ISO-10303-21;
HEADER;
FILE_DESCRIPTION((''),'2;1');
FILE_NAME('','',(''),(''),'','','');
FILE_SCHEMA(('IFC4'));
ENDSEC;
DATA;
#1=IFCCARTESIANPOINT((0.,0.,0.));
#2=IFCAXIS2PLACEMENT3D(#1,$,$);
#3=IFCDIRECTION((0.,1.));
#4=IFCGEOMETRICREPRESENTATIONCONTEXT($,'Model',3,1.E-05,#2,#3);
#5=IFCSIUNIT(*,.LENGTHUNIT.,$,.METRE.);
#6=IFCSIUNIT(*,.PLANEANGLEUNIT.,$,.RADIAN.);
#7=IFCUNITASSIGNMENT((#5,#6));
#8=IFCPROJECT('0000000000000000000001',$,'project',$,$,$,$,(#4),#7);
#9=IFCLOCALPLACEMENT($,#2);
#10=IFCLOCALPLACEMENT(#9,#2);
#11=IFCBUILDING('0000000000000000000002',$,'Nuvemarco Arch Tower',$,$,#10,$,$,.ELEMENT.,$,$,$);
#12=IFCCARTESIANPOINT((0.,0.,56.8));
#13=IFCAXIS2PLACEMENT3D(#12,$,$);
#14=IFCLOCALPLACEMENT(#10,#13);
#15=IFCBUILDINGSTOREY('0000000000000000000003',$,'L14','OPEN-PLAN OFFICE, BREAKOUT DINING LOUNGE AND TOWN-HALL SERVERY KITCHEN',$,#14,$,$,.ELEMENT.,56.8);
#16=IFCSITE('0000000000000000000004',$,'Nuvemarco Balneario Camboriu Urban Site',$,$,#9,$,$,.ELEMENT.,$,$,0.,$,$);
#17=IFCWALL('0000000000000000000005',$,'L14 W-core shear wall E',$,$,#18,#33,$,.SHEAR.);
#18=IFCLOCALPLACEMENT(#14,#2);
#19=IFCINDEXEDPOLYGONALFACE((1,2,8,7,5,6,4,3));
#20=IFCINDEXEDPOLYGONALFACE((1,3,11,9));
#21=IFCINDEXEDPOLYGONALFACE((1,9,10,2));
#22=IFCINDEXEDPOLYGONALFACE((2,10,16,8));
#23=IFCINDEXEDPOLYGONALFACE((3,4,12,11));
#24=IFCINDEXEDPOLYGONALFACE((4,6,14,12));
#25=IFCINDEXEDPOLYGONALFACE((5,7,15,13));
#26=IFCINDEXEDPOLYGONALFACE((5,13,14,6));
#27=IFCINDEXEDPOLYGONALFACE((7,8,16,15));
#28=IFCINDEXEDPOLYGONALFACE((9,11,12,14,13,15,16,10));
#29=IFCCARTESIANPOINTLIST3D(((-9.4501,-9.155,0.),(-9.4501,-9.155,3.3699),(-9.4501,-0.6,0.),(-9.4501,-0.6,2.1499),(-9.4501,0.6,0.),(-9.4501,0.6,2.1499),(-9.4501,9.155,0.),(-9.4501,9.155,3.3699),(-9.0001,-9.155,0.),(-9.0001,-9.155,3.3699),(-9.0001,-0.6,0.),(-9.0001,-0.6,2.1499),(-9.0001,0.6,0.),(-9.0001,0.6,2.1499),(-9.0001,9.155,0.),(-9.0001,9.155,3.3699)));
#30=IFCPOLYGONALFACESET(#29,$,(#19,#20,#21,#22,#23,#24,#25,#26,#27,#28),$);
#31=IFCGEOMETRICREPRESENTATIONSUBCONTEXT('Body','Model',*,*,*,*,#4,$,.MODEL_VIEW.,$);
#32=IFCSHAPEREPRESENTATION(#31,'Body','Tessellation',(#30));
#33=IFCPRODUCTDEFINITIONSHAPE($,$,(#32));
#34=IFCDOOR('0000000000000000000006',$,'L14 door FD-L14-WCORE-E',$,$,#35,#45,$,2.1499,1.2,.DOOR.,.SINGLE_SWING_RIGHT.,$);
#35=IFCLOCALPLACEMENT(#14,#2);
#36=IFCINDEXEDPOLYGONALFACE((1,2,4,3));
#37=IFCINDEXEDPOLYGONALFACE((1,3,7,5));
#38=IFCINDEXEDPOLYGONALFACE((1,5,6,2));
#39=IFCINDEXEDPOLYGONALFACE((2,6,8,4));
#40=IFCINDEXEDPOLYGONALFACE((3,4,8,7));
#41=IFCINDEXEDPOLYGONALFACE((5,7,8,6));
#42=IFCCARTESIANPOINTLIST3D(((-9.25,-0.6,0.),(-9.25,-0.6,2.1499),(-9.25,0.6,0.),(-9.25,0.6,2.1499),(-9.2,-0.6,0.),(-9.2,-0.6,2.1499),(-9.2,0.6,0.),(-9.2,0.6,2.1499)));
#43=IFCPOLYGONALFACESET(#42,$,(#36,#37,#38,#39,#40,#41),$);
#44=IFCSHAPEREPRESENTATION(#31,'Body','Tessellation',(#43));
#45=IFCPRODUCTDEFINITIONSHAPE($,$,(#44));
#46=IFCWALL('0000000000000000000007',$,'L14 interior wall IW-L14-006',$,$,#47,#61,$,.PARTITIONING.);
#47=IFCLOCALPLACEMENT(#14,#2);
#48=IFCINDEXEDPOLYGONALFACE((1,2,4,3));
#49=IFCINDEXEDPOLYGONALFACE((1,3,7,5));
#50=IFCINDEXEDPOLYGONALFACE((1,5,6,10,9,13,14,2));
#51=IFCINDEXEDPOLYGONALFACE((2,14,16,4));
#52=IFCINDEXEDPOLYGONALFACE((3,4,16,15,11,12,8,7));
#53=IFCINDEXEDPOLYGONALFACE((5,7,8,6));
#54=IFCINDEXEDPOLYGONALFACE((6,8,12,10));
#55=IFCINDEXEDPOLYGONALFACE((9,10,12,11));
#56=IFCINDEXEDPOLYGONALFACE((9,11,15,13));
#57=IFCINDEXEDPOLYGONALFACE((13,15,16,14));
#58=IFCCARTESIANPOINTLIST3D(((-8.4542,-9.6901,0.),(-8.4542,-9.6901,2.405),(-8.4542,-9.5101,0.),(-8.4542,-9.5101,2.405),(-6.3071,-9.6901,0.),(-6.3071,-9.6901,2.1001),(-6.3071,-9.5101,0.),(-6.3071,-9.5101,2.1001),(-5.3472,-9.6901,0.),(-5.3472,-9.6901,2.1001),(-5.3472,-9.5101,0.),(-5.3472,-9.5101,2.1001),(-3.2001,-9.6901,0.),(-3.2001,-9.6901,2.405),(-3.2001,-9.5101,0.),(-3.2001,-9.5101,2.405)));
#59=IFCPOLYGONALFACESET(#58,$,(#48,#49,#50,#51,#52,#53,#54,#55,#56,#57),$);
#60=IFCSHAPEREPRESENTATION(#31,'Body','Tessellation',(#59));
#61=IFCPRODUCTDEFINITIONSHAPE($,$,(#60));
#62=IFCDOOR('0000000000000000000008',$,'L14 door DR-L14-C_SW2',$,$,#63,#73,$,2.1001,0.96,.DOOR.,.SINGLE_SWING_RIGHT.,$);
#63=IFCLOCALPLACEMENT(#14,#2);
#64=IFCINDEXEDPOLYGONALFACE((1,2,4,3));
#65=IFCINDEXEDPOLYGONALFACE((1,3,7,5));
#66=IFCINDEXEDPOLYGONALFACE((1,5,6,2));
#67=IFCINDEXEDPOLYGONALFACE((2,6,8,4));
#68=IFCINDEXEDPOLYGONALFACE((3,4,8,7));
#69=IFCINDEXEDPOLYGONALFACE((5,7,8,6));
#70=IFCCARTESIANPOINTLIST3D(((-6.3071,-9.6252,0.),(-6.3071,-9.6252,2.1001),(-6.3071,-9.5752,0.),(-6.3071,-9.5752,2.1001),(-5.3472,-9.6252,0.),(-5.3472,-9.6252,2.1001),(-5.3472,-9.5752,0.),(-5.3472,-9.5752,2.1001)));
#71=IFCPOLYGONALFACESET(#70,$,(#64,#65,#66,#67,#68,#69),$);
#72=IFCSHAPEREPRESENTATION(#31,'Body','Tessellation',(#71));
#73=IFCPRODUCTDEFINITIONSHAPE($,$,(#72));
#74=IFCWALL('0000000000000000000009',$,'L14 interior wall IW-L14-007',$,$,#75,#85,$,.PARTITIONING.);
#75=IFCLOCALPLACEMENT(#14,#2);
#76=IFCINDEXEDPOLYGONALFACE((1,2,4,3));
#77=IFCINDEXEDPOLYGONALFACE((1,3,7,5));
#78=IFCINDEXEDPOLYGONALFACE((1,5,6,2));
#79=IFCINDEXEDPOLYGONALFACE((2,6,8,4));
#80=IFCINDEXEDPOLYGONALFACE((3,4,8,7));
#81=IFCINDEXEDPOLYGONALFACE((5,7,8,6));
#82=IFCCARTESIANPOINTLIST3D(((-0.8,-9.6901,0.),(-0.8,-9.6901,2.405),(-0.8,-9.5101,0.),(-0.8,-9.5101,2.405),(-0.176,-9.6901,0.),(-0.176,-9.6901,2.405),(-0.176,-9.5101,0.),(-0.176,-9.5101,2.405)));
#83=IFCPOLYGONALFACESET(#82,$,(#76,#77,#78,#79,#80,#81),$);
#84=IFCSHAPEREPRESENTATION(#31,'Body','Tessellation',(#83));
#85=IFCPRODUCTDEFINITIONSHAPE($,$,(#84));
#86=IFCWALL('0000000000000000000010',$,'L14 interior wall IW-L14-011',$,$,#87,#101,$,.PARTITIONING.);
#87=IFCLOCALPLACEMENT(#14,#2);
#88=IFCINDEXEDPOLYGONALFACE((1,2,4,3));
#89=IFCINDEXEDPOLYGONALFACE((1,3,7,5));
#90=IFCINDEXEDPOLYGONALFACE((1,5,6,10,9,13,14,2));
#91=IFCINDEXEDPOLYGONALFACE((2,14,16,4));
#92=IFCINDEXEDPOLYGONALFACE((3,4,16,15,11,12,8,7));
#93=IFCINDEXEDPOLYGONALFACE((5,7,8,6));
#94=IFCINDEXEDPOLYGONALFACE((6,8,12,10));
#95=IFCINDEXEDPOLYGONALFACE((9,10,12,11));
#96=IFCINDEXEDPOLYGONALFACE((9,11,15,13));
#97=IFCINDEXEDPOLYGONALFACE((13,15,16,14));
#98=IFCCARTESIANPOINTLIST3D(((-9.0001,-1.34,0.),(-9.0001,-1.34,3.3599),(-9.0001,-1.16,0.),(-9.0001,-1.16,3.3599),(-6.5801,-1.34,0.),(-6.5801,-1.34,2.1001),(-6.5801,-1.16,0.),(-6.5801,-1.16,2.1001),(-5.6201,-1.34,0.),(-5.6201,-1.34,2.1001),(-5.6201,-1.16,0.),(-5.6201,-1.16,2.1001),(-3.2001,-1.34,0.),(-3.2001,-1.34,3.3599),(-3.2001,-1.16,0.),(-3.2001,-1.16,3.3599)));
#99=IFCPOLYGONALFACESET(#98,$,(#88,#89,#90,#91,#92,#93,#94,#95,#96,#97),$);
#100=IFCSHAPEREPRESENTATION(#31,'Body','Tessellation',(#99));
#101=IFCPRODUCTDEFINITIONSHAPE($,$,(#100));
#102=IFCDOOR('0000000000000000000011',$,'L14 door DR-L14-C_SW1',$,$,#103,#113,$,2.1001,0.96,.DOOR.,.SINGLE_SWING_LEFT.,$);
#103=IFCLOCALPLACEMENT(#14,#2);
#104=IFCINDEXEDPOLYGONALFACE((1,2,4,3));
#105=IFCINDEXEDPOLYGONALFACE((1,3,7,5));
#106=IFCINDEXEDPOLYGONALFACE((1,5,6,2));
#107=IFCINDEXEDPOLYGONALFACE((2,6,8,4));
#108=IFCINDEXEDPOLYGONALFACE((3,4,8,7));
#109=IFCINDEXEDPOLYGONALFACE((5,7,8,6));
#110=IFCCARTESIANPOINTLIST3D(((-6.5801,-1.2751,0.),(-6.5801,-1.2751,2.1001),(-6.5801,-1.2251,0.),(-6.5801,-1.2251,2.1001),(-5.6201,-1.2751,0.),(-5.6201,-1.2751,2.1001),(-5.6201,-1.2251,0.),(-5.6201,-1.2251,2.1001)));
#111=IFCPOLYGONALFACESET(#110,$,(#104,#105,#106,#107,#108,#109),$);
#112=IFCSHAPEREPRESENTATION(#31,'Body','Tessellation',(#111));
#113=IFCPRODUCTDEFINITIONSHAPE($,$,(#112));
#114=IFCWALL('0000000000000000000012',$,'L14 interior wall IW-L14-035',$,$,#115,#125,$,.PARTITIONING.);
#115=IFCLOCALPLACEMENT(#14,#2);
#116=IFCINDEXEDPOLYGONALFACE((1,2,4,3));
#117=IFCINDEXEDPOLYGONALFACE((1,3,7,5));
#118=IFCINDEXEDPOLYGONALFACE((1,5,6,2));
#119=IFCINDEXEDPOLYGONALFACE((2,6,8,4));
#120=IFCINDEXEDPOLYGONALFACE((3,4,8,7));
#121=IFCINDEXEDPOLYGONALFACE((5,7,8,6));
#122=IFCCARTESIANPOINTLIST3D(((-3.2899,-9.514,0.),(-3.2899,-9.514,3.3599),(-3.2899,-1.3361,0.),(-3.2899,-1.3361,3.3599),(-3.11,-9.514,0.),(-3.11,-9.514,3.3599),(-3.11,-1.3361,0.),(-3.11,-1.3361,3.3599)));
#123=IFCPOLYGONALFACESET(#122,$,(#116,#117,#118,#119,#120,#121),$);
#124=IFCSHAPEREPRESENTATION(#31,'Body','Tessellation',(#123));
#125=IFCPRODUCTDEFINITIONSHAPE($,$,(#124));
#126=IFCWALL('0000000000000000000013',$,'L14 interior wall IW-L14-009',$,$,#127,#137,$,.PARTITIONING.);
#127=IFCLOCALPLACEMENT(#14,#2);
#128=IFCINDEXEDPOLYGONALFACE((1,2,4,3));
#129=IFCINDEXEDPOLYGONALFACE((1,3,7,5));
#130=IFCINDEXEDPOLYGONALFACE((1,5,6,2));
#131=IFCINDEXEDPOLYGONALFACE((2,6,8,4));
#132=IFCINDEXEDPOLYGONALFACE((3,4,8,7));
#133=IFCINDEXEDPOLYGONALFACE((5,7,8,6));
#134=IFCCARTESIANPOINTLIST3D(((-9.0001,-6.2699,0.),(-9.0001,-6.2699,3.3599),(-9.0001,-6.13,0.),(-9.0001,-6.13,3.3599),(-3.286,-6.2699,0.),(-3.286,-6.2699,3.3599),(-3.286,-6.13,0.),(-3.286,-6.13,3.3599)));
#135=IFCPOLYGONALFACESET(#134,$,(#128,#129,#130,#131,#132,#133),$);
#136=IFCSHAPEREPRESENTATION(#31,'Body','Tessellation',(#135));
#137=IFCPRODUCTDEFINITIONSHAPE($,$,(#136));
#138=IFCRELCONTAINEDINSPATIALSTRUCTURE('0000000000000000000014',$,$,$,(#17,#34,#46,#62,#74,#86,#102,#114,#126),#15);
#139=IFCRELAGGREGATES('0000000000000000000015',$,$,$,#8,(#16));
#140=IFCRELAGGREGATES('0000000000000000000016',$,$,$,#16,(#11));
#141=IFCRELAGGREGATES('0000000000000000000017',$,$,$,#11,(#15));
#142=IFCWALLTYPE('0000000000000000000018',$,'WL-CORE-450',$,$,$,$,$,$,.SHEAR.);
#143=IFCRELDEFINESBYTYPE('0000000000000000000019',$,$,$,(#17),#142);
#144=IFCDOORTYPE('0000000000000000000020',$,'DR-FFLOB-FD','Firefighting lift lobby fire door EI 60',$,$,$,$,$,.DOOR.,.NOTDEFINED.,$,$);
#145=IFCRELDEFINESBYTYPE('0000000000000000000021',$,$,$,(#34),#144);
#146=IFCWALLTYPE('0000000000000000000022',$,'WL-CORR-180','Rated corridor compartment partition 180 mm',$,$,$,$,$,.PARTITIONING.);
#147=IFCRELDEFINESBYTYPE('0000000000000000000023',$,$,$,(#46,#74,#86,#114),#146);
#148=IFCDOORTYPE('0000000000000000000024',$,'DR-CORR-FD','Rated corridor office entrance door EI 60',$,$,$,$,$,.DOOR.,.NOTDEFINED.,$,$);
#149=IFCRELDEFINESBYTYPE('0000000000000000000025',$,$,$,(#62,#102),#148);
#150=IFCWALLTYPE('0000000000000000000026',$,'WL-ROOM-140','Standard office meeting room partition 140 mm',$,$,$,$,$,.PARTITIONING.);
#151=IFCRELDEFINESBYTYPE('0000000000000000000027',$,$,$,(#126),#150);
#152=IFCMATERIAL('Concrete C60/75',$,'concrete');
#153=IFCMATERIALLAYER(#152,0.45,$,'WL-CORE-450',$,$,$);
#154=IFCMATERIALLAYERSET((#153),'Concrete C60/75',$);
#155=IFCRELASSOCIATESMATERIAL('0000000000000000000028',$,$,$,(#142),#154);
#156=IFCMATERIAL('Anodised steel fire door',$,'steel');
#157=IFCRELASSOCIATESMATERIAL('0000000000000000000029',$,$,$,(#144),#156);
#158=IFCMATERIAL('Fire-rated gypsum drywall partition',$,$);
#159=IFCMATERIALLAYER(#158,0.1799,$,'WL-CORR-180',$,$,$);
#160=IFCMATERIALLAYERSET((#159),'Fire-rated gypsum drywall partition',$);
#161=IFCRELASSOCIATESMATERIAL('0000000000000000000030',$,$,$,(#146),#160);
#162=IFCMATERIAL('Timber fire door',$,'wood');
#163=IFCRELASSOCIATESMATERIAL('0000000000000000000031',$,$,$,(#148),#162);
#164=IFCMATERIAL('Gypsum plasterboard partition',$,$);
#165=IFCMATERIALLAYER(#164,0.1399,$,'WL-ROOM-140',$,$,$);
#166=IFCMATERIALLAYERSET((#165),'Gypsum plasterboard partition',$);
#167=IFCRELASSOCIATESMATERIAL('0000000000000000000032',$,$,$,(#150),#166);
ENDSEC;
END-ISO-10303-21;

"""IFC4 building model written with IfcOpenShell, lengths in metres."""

from ifc_helpers import new_model, si_unit, direction, frame, frame_2d, origin, place, context, subcontext, project, spatial, rectangle, extrude, source, transform, mapped, material, layer, layer_set, type_object, type_shapes, element, fill, save


model = new_model("IFC4")

# Units and contexts
model_context = context("Model", 3, precision=1e-05, world=origin(), true_north=direction((0.0, 1.0)))
body_context = subcontext(model_context, "Body", "Model", "MODEL_VIEW")
ifc_project = project(units=[si_unit("LENGTHUNIT", "METRE"), si_unit("PLANEANGLEUNIT", "RADIAN")], contexts=[model_context])

# Site, building, storey
site_placement = place(None, origin())
site = spatial("IfcSite", under=ifc_project, at=site_placement, Name="Nuvemarco Balneario Camboriu Urban Site", CompositionType="ELEMENT", RefElevation=0.0)
building_placement = place(site_placement, origin())
building = spatial("IfcBuilding", under=site, at=building_placement, Name="Nuvemarco Arch Tower", CompositionType="ELEMENT")
storey_placement = place(building_placement, frame((0.0, 0.0, 56.8)))
storey = spatial("IfcBuildingStorey", under=building, at=storey_placement, Name="L14", Description="OPEN-PLAN OFFICE, BREAKOUT DINING LOUNGE AND TOWN-HALL SERVERY KITCHEN", CompositionType="ELEMENT", Elevation=56.8)

# Shared definitions
ifc_material_1 = material(Name="Concrete C60/75", Category="concrete")

# Walls, openings, doors
ifc_layer_1 = layer(ifc_material_1, 0.45, Name="WL-CORE-450")
ifc_layer_set_1 = layer_set([ifc_layer_1], Name="Concrete C60/75")
wall_type_1 = type_object("IfcWallType", Name="WL-CORE-450", PredefinedType="SHEAR", material=ifc_layer_set_1)
wall_1_placement = place(storey_placement, frame((-9.2251, -9.155, 0.0), z_axis=(0.0, 0.0, 1.0), x_axis=(0.0, 1.0, 0.0)))
wall_1 = element("IfcWall", 1, at=wall_1_placement, inside=storey, type_object=wall_type_1, Name="L14 W-core shear wall E", PredefinedType="SHEAR", context=body_context, shape_type="SweptSolid", body=[
    extrude(rectangle(XDim=18.3101, YDim=0.45, at=frame_2d((9.155, 0.0))), origin(), (0.0, 0.0, 1.0), 3.3699),
])
opening_1_placement = place(wall_1_placement, frame((8.5549, 0.0, 0.0)))
opening_1 = element("IfcOpeningElement", 2, at=opening_1_placement, cuts=wall_1, PredefinedType="OPENING", context=body_context, shape_type="SweptSolid", body=[
    extrude(rectangle(XDim=1.2, YDim=2.1499, at=frame_2d((0.6001, 1.075))), frame((0.0, 0.2349, 0.0), z_axis=(0.0, -1.0, 0.0), x_axis=(1.0, 0.0, 0.0)), (0.0, 0.0, 1.0), 0.47),
])
ifc_material_2 = material(Name="Anodised steel fire door", Category="steel")
door_type_1 = type_object("IfcDoorType", Name="DR-FFLOB-FD", Description="Firefighting lift lobby fire door EI 60", OperationType="NOTDEFINED", PredefinedType="DOOR", material=ifc_material_2)
shared_shape_1 = source(origin(), body_context, "Body", "SweptSolid", [
    extrude(rectangle(XDim=1.2, YDim=2.1499, at=frame_2d((0.6001, 1.075))), frame((0.0, 0.0249, 0.0), z_axis=(0.0, -1.0, 0.0), x_axis=(1.0, 0.0, 0.0)), (0.0, 0.0, 1.0), 0.05),
])
type_shapes(door_type_1, [shared_shape_1])
door_1_placement = place(opening_1_placement, origin())
door_1 = element("IfcDoor", 3, at=door_1_placement, inside=storey, type_object=door_type_1, Name="L14 door FD-L14-WCORE-E", OperationType="SINGLE_SWING_RIGHT", OverallHeight=2.1499, OverallWidth=1.2, PredefinedType="DOOR", context=body_context, shape_type="MappedRepresentation", body=[
    mapped(shared_shape_1, transform((0.0, 0.0, 0.0), scale=1.0)),
])
fill(opening_1, door_1)
ifc_material_3 = material(Name="Fire-rated gypsum drywall partition")
ifc_layer_2 = layer(ifc_material_3, 0.1799, Name="WL-CORR-180")
ifc_layer_set_2 = layer_set([ifc_layer_2], Name="Fire-rated gypsum drywall partition")
wall_type_2 = type_object("IfcWallType", Name="WL-CORR-180", Description="Rated corridor compartment partition 180 mm", PredefinedType="PARTITIONING", material=ifc_layer_set_2)
wall_2_placement = place(storey_placement, frame((-8.4541, -9.6001, 0.0), z_axis=(0.0, 0.0, 1.0), x_axis=(1.0, 0.0, 0.0)))
wall_2 = element("IfcWall", 4, at=wall_2_placement, inside=storey, type_object=wall_type_2, Name="L14 interior wall IW-L14-006", PredefinedType="PARTITIONING", context=body_context, shape_type="SweptSolid", body=[
    extrude(rectangle(XDim=5.2542, YDim=0.1799, at=frame_2d((2.627, 0.0))), origin(), (0.0, 0.0, 1.0), 2.405),
])
opening_2_placement = place(wall_2_placement, frame((2.147, 0.0, 0.0)))
opening_2 = element("IfcOpeningElement", 5, at=opening_2_placement, cuts=wall_2, PredefinedType="OPENING", context=body_context, shape_type="SweptSolid", body=[
    extrude(rectangle(XDim=0.96, YDim=2.1001, at=frame_2d((0.48, 1.05))), frame((0.0, 0.0999, 0.0), z_axis=(0.0, -1.0, 0.0), x_axis=(1.0, 0.0, 0.0)), (0.0, 0.0, 1.0), 0.2),
])
ifc_material_4 = material(Name="Timber fire door", Category="wood")
door_type_2 = type_object("IfcDoorType", Name="DR-CORR-FD", Description="Rated corridor office entrance door EI 60", OperationType="NOTDEFINED", PredefinedType="DOOR", material=ifc_material_4)
shared_shape_2 = source(origin(), body_context, "Body", "SweptSolid", [
    extrude(rectangle(XDim=0.96, YDim=2.1001, at=frame_2d((0.48, 1.05))), frame((0.0, 0.0249, 0.0), z_axis=(0.0, -1.0, 0.0), x_axis=(1.0, 0.0, 0.0)), (0.0, 0.0, 1.0), 0.05),
])
type_shapes(door_type_2, [shared_shape_2])
door_2_placement = place(opening_2_placement, origin())
door_2 = element("IfcDoor", 6, at=door_2_placement, inside=storey, type_object=door_type_2, Name="L14 door DR-L14-C_SW2", OperationType="SINGLE_SWING_RIGHT", OverallHeight=2.1001, OverallWidth=0.96, PredefinedType="DOOR", context=body_context, shape_type="MappedRepresentation", body=[
    mapped(shared_shape_2, transform((0.0, 0.0, 0.0), scale=1.0)),
])
fill(opening_2, door_2)

# Wall
wall_3_placement = place(storey_placement, frame((-0.8, -9.6001, 0.0), z_axis=(0.0, 0.0, 1.0), x_axis=(1.0, 0.0, 0.0)))
element("IfcWall", 7, at=wall_3_placement, inside=storey, type_object=wall_type_2, Name="L14 interior wall IW-L14-007", PredefinedType="PARTITIONING", context=body_context, shape_type="SweptSolid", body=[
    extrude(rectangle(XDim=0.624, YDim=0.1799, at=frame_2d((0.312, 0.0))), origin(), (0.0, 0.0, 1.0), 2.405),
])

# Wall, opening, door
wall_4_placement = place(storey_placement, frame((-9.0, -1.25, 0.0), z_axis=(0.0, 0.0, 1.0), x_axis=(1.0, 0.0, 0.0)))
wall_4 = element("IfcWall", 8, at=wall_4_placement, inside=storey, type_object=wall_type_2, Name="L14 interior wall IW-L14-011", PredefinedType="PARTITIONING", context=body_context, shape_type="SweptSolid", body=[
    extrude(rectangle(XDim=5.8, YDim=0.1799, at=frame_2d((2.8999, 0.0))), origin(), (0.0, 0.0, 1.0), 3.3599),
])
opening_3_placement = place(wall_4_placement, frame((2.4199, 0.0, 0.0)))
opening_3 = element("IfcOpeningElement", 9, at=opening_3_placement, cuts=wall_4, PredefinedType="OPENING", context=body_context, shape_type="SweptSolid", body=[
    extrude(rectangle(XDim=0.96, YDim=2.1001, at=frame_2d((0.48, 1.05))), frame((0.0, 0.0999, 0.0), z_axis=(0.0, -1.0, 0.0), x_axis=(1.0, 0.0, 0.0)), (0.0, 0.0, 1.0), 0.2),
])
door_3_placement = place(opening_3_placement, origin())
door_3 = element("IfcDoor", 10, at=door_3_placement, inside=storey, type_object=door_type_2, Name="L14 door DR-L14-C_SW1", OperationType="SINGLE_SWING_LEFT", OverallHeight=2.1001, OverallWidth=0.96, PredefinedType="DOOR", context=body_context, shape_type="MappedRepresentation", body=[
    mapped(shared_shape_2, transform((0.0, 0.0, 0.0), scale=1.0)),
])
fill(opening_3, door_3)

# Walls
wall_5_placement = place(storey_placement, frame((-3.2, -9.5139, 0.0), z_axis=(0.0, 0.0, 1.0), x_axis=(0.0, 1.0, 0.0)))
element("IfcWall", 11, at=wall_5_placement, inside=storey, type_object=wall_type_2, Name="L14 interior wall IW-L14-035", PredefinedType="PARTITIONING", context=body_context, shape_type="SweptSolid", body=[
    extrude(rectangle(XDim=8.178, YDim=0.1799, at=frame_2d((4.0889, 0.0))), origin(), (0.0, 0.0, 1.0), 3.3599),
])
ifc_material_5 = material(Name="Gypsum plasterboard partition")
ifc_layer_3 = layer(ifc_material_5, 0.1399, Name="WL-ROOM-140")
ifc_layer_set_3 = layer_set([ifc_layer_3], Name="Gypsum plasterboard partition")
wall_type_3 = type_object("IfcWallType", Name="WL-ROOM-140", Description="Standard office meeting room partition 140 mm", PredefinedType="PARTITIONING", material=ifc_layer_set_3)
wall_6_placement = place(storey_placement, frame((-9.0, -6.2, 0.0), z_axis=(0.0, 0.0, 1.0), x_axis=(1.0, 0.0, 0.0)))
element("IfcWall", 12, at=wall_6_placement, inside=storey, type_object=wall_type_3, Name="L14 interior wall IW-L14-009", PredefinedType="PARTITIONING", context=body_context, shape_type="SweptSolid", body=[
    extrude(rectangle(XDim=5.7141, YDim=0.1399, at=frame_2d((2.8569, 0.0))), origin(), (0.0, 0.0, 1.0), 3.3599),
])

save(model, "model.ifc")
